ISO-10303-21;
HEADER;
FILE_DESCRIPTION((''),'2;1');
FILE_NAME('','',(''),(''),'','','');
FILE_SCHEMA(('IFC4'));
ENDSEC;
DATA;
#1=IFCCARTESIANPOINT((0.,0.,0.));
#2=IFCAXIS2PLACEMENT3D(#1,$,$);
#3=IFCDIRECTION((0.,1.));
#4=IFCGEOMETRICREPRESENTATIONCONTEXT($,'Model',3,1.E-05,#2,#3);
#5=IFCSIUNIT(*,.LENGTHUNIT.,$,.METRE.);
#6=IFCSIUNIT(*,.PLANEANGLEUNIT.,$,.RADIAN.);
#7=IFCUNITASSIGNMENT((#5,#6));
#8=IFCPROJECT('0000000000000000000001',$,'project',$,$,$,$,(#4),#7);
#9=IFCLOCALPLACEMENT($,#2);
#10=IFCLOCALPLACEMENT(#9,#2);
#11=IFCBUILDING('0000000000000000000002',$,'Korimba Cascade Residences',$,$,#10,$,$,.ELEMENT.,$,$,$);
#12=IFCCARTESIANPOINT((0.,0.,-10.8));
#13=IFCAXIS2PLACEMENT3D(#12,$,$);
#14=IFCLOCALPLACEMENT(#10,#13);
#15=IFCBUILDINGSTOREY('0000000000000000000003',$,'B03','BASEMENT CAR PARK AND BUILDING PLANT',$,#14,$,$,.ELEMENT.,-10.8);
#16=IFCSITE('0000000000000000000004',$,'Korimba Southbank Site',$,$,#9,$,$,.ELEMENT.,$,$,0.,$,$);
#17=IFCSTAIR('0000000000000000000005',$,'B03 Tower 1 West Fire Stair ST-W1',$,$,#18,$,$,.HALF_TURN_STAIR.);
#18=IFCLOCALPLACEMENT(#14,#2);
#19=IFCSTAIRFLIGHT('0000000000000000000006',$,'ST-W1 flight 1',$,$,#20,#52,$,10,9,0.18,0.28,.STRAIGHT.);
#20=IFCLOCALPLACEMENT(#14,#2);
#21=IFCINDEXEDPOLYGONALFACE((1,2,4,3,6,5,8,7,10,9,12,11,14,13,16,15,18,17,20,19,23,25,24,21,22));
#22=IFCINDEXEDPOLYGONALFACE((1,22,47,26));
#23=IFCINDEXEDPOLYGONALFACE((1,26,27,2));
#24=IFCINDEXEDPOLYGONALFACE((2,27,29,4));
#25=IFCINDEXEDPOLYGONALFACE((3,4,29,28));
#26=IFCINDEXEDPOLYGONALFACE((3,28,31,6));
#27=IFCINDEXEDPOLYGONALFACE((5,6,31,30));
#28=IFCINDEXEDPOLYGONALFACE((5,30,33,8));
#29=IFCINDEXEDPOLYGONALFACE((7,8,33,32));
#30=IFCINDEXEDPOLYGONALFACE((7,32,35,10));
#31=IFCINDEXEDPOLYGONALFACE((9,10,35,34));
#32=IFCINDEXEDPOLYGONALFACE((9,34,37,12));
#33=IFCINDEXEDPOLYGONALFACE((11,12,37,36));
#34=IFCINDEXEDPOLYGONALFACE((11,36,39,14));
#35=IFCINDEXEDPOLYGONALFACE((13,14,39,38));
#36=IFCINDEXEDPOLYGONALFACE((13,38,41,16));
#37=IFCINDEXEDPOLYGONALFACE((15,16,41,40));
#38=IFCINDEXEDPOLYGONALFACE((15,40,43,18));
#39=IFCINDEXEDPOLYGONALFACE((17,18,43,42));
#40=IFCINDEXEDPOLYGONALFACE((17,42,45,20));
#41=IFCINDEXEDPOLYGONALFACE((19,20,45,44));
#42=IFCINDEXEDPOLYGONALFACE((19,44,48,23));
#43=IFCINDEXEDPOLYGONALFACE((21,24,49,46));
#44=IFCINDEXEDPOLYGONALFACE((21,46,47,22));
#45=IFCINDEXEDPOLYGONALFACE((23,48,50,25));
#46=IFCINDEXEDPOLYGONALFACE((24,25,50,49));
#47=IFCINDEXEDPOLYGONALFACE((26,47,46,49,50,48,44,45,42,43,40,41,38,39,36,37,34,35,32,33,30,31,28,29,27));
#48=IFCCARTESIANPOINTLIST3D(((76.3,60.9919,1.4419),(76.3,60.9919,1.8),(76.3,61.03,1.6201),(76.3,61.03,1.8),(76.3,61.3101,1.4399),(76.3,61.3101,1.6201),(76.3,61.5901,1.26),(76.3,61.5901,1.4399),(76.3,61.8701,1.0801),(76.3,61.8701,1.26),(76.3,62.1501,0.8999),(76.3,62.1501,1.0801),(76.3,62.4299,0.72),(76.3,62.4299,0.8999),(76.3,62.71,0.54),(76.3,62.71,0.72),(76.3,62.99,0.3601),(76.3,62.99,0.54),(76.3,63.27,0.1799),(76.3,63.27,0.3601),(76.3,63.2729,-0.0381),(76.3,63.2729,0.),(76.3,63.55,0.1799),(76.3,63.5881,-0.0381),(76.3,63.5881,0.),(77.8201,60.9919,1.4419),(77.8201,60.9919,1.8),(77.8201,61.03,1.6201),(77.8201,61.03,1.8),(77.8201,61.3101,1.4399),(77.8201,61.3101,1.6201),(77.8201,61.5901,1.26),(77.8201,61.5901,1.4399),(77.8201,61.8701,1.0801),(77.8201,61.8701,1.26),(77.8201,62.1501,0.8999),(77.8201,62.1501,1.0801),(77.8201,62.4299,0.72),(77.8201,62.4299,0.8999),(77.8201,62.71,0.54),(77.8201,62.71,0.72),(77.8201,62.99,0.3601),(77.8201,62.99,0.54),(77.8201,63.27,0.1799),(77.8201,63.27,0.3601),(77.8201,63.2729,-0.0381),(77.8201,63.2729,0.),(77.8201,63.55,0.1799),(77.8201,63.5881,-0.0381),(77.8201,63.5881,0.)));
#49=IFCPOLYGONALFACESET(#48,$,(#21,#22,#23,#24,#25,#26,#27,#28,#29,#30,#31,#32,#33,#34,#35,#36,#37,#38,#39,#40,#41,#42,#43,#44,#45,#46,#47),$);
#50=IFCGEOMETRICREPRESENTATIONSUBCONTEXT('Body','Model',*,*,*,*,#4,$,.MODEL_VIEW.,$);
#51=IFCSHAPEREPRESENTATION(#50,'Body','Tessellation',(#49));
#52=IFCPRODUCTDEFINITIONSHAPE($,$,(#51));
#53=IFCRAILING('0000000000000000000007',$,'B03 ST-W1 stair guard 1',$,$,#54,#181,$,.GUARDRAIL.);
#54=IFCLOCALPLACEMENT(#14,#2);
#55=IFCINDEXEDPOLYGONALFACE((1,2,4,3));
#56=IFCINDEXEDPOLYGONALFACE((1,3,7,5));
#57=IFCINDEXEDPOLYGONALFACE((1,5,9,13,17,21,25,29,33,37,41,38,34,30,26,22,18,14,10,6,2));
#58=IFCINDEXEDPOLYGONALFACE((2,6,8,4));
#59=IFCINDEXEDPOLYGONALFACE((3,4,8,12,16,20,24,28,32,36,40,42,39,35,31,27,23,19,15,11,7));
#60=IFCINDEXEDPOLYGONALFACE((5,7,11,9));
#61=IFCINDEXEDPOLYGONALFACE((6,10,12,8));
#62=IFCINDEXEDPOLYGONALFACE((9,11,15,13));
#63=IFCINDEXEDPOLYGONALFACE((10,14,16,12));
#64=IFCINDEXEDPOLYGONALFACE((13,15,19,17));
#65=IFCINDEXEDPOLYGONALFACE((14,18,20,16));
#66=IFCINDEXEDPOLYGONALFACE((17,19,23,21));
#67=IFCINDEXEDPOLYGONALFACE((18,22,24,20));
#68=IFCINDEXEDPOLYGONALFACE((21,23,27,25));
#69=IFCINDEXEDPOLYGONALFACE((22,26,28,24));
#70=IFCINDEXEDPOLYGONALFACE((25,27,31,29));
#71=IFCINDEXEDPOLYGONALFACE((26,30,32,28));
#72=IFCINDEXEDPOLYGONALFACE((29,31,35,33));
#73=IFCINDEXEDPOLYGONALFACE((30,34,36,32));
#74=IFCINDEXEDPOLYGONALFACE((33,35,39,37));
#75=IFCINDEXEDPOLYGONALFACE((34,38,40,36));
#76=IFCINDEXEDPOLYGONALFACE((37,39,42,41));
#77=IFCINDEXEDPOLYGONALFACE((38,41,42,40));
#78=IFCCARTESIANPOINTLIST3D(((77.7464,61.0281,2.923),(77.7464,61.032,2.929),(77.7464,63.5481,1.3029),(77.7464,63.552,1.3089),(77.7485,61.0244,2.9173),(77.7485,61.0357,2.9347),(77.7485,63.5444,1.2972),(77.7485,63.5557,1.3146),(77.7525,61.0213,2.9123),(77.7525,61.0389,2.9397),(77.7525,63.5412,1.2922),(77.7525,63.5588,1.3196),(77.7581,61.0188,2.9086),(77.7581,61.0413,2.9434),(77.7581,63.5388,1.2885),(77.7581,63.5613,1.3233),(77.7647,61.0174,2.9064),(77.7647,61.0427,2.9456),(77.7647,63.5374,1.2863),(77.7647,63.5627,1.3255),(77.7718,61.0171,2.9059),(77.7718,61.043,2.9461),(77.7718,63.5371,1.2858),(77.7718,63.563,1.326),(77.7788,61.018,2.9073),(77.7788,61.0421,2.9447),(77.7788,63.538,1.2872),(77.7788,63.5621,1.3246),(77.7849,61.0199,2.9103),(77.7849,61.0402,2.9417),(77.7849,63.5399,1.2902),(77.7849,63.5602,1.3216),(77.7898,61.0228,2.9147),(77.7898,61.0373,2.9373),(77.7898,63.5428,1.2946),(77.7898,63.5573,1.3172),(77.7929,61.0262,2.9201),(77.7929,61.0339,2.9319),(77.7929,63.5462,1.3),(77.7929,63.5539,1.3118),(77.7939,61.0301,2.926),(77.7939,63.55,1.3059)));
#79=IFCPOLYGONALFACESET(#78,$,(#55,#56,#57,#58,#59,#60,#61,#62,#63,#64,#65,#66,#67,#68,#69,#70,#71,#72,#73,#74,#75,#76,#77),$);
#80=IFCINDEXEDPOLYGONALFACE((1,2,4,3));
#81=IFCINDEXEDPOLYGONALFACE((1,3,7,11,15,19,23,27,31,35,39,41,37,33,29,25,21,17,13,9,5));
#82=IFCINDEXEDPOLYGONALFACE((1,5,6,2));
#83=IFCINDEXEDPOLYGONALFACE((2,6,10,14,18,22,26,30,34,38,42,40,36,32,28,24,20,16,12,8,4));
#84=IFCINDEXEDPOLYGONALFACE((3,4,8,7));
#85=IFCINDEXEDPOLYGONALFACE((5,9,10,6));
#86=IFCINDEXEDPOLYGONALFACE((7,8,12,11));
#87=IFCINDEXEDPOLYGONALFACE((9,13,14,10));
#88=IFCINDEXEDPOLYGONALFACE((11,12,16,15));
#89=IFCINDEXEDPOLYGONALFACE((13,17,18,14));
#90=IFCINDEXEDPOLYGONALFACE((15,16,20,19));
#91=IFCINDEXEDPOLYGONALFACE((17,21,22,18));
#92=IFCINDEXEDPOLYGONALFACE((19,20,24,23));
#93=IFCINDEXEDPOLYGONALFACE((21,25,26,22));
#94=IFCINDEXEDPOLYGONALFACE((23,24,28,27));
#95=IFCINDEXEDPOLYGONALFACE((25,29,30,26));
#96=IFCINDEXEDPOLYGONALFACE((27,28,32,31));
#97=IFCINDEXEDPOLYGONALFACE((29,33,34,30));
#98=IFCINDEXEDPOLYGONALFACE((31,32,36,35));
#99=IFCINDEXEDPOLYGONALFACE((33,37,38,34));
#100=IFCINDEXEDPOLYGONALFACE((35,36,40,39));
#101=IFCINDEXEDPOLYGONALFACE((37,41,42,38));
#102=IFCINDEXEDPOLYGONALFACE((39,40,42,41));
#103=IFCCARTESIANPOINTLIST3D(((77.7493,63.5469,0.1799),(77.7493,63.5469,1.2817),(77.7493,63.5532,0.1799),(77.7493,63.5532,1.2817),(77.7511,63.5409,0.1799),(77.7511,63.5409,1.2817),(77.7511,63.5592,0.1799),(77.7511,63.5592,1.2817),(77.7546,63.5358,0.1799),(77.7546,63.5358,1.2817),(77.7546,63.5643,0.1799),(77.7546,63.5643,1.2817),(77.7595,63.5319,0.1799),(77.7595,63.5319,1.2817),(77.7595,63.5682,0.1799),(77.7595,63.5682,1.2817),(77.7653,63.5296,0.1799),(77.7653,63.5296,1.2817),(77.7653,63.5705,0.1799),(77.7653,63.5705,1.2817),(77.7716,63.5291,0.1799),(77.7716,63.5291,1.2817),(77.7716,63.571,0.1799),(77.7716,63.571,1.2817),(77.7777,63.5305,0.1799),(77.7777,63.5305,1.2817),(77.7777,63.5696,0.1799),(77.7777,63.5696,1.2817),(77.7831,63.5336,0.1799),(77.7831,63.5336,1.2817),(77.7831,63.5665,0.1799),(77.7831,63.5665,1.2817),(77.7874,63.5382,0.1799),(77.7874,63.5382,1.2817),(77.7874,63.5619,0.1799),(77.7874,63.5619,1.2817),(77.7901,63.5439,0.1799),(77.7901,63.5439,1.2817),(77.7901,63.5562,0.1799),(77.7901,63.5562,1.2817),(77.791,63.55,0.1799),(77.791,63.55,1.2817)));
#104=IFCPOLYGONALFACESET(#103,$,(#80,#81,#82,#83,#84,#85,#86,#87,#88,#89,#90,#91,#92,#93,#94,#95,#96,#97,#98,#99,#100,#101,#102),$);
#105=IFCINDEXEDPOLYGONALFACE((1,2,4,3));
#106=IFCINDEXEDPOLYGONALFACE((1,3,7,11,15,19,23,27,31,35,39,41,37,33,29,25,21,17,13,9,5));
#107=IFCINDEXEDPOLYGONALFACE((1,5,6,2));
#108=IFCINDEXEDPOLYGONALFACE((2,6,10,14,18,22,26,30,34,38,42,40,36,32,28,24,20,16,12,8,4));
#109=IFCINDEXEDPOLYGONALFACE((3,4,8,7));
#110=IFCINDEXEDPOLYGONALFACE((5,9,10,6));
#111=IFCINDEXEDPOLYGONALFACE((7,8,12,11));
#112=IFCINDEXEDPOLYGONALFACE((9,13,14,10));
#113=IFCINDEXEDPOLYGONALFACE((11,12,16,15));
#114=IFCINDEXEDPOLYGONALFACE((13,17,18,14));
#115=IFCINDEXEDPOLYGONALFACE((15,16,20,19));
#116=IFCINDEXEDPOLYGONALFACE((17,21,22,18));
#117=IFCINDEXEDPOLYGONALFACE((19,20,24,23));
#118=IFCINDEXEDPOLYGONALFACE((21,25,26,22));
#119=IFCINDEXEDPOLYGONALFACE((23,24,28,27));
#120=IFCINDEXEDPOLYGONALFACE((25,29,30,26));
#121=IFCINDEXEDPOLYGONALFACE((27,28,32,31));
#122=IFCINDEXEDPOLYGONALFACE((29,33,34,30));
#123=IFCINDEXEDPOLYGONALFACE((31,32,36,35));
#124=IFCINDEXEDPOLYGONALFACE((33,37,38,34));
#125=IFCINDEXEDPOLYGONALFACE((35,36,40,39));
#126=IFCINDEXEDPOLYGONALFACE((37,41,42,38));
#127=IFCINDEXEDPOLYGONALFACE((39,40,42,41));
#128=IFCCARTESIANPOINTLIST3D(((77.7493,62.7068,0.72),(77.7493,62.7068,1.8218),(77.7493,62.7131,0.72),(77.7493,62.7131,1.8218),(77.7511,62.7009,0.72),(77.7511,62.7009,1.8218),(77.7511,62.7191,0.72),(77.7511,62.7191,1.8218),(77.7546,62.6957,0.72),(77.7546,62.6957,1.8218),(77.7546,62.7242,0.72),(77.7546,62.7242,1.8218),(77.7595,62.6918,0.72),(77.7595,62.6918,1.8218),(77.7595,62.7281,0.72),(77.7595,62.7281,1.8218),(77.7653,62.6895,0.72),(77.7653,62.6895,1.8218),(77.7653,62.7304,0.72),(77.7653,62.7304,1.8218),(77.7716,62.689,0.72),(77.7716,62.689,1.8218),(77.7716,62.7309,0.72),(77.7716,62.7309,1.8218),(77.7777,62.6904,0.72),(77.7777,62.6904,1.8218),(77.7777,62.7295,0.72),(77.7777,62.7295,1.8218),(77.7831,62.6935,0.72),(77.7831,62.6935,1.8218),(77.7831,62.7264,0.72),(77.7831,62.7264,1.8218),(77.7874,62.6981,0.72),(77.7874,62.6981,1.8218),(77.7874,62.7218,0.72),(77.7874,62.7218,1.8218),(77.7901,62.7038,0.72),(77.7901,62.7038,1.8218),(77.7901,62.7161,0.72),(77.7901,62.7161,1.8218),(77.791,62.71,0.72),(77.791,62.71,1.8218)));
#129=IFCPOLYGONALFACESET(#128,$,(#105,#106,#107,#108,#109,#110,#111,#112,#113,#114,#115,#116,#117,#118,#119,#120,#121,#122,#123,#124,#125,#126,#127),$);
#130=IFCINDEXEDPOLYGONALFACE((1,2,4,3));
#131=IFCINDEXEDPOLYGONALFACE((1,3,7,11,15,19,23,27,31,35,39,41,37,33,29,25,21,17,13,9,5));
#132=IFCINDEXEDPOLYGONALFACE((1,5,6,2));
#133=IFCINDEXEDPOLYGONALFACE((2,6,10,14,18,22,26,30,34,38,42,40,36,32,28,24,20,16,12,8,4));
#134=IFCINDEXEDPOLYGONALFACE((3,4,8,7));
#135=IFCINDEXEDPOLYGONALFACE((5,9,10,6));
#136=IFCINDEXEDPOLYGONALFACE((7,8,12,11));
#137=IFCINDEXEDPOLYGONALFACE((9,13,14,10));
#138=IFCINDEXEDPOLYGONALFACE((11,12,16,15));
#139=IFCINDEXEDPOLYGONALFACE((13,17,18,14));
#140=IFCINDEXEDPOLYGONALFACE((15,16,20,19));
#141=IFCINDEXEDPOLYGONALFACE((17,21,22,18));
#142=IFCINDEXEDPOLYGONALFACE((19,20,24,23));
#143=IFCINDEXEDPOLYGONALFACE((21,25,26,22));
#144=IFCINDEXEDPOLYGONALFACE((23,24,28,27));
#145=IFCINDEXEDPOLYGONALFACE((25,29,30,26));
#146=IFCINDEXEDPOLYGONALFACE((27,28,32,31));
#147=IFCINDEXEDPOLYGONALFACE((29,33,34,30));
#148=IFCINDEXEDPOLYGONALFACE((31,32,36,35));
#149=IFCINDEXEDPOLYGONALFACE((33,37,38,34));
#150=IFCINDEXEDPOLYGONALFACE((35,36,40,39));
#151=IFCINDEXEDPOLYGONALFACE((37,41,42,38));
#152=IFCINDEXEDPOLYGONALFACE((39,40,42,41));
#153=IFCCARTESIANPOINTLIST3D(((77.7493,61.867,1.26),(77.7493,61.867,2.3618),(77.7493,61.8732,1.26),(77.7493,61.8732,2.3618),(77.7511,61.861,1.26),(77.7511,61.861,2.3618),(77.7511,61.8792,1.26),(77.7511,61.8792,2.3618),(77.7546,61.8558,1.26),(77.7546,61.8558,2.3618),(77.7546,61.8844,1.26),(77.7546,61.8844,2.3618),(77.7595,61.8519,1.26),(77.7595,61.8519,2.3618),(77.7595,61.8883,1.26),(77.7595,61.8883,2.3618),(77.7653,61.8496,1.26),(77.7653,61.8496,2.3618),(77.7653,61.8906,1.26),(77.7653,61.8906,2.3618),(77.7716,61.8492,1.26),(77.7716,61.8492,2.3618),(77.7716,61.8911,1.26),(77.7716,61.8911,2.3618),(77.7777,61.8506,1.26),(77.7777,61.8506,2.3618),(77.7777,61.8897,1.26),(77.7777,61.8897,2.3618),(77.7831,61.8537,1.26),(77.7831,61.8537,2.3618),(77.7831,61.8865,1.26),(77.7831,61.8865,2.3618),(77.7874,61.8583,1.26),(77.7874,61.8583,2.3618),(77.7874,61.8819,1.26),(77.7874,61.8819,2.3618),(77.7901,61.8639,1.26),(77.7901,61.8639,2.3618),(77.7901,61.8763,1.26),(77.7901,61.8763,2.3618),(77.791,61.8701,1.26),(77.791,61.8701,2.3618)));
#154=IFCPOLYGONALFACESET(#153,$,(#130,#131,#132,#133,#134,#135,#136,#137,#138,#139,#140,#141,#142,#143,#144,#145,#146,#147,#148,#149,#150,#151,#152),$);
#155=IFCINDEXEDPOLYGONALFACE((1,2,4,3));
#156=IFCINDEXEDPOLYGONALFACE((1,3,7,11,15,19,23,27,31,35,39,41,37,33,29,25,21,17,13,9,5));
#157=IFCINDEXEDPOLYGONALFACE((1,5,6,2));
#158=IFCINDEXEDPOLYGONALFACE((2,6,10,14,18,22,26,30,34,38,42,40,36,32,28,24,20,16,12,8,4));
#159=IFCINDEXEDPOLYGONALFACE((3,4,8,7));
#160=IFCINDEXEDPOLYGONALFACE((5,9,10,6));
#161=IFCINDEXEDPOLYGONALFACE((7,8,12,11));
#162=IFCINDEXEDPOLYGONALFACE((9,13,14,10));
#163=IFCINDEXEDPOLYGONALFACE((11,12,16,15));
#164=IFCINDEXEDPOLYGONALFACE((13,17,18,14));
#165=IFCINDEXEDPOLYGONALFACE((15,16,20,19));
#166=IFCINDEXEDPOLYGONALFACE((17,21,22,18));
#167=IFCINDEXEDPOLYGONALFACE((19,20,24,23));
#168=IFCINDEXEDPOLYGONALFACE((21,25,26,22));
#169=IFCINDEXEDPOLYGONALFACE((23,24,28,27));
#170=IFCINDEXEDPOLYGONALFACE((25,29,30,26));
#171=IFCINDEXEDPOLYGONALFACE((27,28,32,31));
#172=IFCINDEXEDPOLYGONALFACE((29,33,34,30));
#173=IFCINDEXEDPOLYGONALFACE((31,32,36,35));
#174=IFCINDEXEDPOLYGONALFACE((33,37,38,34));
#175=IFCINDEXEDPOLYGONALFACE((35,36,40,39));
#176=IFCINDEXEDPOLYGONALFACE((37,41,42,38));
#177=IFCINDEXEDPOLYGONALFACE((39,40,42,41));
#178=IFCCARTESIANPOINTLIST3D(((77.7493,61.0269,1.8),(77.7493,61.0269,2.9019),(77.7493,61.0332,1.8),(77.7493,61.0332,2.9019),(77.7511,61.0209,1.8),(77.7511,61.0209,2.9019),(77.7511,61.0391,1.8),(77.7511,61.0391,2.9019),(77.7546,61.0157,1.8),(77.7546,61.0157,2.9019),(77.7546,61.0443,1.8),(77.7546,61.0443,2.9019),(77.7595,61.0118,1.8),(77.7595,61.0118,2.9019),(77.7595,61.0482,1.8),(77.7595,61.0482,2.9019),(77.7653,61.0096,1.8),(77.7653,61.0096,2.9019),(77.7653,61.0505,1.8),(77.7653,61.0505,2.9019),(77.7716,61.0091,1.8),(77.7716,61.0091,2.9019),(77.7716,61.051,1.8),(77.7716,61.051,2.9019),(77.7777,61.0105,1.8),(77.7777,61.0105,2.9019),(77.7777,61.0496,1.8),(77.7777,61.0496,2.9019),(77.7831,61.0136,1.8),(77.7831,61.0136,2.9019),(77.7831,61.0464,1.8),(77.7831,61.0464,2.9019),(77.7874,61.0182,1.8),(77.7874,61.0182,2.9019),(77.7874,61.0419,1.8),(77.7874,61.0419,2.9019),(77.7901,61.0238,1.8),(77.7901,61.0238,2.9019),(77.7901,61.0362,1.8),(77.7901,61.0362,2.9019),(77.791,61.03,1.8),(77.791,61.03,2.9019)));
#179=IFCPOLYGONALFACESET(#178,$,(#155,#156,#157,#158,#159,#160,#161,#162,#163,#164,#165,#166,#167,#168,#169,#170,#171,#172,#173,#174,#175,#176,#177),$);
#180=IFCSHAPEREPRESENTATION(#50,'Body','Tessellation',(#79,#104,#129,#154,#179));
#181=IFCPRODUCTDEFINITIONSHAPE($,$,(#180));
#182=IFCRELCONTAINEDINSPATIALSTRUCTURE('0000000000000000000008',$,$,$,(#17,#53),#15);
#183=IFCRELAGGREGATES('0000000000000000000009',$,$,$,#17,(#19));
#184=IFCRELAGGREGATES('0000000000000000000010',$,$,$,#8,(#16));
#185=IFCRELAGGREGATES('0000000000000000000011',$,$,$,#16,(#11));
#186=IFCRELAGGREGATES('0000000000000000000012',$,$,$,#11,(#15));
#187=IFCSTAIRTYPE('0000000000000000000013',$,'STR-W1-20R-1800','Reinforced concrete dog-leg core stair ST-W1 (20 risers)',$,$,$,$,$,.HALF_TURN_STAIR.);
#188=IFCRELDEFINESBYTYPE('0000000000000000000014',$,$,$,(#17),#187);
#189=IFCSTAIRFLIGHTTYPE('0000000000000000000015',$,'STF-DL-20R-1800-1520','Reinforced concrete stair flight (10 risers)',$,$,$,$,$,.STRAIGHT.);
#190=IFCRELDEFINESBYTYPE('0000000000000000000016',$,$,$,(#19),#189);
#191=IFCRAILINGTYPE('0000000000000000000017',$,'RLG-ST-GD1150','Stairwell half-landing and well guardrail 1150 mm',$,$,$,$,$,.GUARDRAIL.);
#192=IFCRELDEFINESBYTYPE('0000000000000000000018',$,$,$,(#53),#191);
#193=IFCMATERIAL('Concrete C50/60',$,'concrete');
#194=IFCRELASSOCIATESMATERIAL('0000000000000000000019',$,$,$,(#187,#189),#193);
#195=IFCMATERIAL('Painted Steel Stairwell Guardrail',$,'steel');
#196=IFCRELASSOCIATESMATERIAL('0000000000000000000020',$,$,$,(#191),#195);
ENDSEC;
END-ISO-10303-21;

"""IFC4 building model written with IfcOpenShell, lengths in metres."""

from ifc_helpers import new_model, si_unit, direction, frame, origin, origin_2d, place, context, subcontext, project, spatial, polyline, circle, outline, extrude, material, type_object, element, aggregate, save


model = new_model("IFC4")

# Units and contexts
model_context = context("Model", 3, precision=1e-05, world=origin(), true_north=direction((0.0, 1.0)))
body_context = subcontext(model_context, "Body", "Model", "MODEL_VIEW")
ifc_project = project(units=[si_unit("LENGTHUNIT", "METRE"), si_unit("PLANEANGLEUNIT", "RADIAN")], contexts=[model_context])

# Site, building, storey
site_placement = place(None, origin())
site = spatial("IfcSite", under=ifc_project, at=site_placement, Name="Korimba Southbank Site", CompositionType="ELEMENT", RefElevation=0.0)
building_placement = place(site_placement, origin())
building = spatial("IfcBuilding", under=site, at=building_placement, Name="Korimba Cascade Residences", CompositionType="ELEMENT")
storey_placement = place(building_placement, frame((0.0, 0.0, -10.8)))
storey = spatial("IfcBuildingStorey", under=building, at=storey_placement, Name="B03", Description="BASEMENT CAR PARK AND BUILDING PLANT", CompositionType="ELEMENT", Elevation=-10.8)

# Shared definitions
ifc_material_1 = material(Name="Concrete C50/60", Category="concrete")

# Stair, stair flight
stair_type = type_object("IfcStairType", Name="STR-W1-20R-1800", Description="Reinforced concrete dog-leg core stair ST-W1 (20 risers)", PredefinedType="HALF_TURN_STAIR", material=ifc_material_1)
stair_placement = place(storey_placement, origin())
stair = element("IfcStair", 1, at=stair_placement, inside=storey, type_object=stair_type, Name="B03 Tower 1 West Fire Stair ST-W1", PredefinedType="HALF_TURN_STAIR")
stair_flight_type = type_object("IfcStairFlightType", Name="STF-DL-20R-1800-1520", Description="Reinforced concrete stair flight (10 risers)", PredefinedType="STRAIGHT", material=ifc_material_1)
stair_flight_placement = place(storey_placement, frame((77.0601, 63.55, 0.0), z_axis=(0.0, 0.0, 1.0), x_axis=(0.0, -1.0, 0.0)))
stair_flight = element("IfcStairFlight", 2, at=stair_flight_placement, type_object=stair_flight_type, Name="ST-W1 flight 1", NumberOfRisers=10, NumberOfTreads=9, PredefinedType="STRAIGHT", RiserHeight=0.18, TreadLength=0.28, context=body_context, shape_type="SweptSolid", body=[
    extrude(outline(polyline([(-0.0381, 0.0), (0.0, 0.1799), (0.28, 0.1799), (0.28, 0.3601), (0.5601, 0.3601), (0.5601, 0.54), (0.8401, 0.54), (0.8401, 0.72), (1.1201, 0.72), (1.1201, 0.8999), (1.3999, 0.8999), (1.3999, 1.0801), (1.6799, 1.0801), (1.6799, 1.26), (1.96, 1.26), (1.96, 1.4399), (2.24, 1.4399), (2.24, 1.6201), (2.52, 1.6201), (2.52, 1.8), (2.5581, 1.8), (2.5581, 1.4419), (0.2771, 0.0), (0.2771, -0.0381), (-0.0381, -0.0381), (-0.0381, 0.0)])), frame((0.0, 0.76, 0.0), z_axis=(0.0, -1.0, 0.0), x_axis=(1.0, 0.0, 0.0)), (0.0, 0.0, 1.0), 1.52),
])
aggregate(stair, [stair_flight])

# Railing
ifc_material_2 = material(Name="Painted Steel Stairwell Guardrail", Category="steel")
railing_type_1 = type_object("IfcRailingType", Name="RLG-ST-GD1150", Description="Stairwell half-landing and well guardrail 1150 mm", PredefinedType="GUARDRAIL", material=ifc_material_2)
railing_1_placement = place(storey_placement, frame((77.77, 63.55, 0.1799)))
element("IfcRailing", 3, at=railing_1_placement, inside=storey, type_object=railing_type_1, Name="B03 ST-W1 stair guard 1", PredefinedType="GUARDRAIL", context=body_context, shape_type="SweptSolid", body=[
    extrude(circle(Radius=0.0239, at=origin_2d()), frame((0.0, 0.0, 1.126), z_axis=(0.0, -0.841163, 0.540782), x_axis=(1.0, 0.0, 0.0)), (0.0, 0.0, 1.0), 2.9958),
    extrude(circle(Radius=0.021, at=origin_2d()), origin(), (0.0, 0.0, 1.0), 1.1018),
    extrude(circle(Radius=0.021, at=origin_2d()), frame((0.0, -0.8401, 0.54)), (0.0, 0.0, 1.0), 1.1018),
    extrude(circle(Radius=0.021, at=origin_2d()), frame((0.0, -1.6799, 1.0801)), (0.0, 0.0, 1.0), 1.1018),
    extrude(circle(Radius=0.021, at=origin_2d()), frame((0.0, -2.52, 1.6201)), (0.0, 0.0, 1.0), 1.1018),
])

save(model, "model.ifc")
